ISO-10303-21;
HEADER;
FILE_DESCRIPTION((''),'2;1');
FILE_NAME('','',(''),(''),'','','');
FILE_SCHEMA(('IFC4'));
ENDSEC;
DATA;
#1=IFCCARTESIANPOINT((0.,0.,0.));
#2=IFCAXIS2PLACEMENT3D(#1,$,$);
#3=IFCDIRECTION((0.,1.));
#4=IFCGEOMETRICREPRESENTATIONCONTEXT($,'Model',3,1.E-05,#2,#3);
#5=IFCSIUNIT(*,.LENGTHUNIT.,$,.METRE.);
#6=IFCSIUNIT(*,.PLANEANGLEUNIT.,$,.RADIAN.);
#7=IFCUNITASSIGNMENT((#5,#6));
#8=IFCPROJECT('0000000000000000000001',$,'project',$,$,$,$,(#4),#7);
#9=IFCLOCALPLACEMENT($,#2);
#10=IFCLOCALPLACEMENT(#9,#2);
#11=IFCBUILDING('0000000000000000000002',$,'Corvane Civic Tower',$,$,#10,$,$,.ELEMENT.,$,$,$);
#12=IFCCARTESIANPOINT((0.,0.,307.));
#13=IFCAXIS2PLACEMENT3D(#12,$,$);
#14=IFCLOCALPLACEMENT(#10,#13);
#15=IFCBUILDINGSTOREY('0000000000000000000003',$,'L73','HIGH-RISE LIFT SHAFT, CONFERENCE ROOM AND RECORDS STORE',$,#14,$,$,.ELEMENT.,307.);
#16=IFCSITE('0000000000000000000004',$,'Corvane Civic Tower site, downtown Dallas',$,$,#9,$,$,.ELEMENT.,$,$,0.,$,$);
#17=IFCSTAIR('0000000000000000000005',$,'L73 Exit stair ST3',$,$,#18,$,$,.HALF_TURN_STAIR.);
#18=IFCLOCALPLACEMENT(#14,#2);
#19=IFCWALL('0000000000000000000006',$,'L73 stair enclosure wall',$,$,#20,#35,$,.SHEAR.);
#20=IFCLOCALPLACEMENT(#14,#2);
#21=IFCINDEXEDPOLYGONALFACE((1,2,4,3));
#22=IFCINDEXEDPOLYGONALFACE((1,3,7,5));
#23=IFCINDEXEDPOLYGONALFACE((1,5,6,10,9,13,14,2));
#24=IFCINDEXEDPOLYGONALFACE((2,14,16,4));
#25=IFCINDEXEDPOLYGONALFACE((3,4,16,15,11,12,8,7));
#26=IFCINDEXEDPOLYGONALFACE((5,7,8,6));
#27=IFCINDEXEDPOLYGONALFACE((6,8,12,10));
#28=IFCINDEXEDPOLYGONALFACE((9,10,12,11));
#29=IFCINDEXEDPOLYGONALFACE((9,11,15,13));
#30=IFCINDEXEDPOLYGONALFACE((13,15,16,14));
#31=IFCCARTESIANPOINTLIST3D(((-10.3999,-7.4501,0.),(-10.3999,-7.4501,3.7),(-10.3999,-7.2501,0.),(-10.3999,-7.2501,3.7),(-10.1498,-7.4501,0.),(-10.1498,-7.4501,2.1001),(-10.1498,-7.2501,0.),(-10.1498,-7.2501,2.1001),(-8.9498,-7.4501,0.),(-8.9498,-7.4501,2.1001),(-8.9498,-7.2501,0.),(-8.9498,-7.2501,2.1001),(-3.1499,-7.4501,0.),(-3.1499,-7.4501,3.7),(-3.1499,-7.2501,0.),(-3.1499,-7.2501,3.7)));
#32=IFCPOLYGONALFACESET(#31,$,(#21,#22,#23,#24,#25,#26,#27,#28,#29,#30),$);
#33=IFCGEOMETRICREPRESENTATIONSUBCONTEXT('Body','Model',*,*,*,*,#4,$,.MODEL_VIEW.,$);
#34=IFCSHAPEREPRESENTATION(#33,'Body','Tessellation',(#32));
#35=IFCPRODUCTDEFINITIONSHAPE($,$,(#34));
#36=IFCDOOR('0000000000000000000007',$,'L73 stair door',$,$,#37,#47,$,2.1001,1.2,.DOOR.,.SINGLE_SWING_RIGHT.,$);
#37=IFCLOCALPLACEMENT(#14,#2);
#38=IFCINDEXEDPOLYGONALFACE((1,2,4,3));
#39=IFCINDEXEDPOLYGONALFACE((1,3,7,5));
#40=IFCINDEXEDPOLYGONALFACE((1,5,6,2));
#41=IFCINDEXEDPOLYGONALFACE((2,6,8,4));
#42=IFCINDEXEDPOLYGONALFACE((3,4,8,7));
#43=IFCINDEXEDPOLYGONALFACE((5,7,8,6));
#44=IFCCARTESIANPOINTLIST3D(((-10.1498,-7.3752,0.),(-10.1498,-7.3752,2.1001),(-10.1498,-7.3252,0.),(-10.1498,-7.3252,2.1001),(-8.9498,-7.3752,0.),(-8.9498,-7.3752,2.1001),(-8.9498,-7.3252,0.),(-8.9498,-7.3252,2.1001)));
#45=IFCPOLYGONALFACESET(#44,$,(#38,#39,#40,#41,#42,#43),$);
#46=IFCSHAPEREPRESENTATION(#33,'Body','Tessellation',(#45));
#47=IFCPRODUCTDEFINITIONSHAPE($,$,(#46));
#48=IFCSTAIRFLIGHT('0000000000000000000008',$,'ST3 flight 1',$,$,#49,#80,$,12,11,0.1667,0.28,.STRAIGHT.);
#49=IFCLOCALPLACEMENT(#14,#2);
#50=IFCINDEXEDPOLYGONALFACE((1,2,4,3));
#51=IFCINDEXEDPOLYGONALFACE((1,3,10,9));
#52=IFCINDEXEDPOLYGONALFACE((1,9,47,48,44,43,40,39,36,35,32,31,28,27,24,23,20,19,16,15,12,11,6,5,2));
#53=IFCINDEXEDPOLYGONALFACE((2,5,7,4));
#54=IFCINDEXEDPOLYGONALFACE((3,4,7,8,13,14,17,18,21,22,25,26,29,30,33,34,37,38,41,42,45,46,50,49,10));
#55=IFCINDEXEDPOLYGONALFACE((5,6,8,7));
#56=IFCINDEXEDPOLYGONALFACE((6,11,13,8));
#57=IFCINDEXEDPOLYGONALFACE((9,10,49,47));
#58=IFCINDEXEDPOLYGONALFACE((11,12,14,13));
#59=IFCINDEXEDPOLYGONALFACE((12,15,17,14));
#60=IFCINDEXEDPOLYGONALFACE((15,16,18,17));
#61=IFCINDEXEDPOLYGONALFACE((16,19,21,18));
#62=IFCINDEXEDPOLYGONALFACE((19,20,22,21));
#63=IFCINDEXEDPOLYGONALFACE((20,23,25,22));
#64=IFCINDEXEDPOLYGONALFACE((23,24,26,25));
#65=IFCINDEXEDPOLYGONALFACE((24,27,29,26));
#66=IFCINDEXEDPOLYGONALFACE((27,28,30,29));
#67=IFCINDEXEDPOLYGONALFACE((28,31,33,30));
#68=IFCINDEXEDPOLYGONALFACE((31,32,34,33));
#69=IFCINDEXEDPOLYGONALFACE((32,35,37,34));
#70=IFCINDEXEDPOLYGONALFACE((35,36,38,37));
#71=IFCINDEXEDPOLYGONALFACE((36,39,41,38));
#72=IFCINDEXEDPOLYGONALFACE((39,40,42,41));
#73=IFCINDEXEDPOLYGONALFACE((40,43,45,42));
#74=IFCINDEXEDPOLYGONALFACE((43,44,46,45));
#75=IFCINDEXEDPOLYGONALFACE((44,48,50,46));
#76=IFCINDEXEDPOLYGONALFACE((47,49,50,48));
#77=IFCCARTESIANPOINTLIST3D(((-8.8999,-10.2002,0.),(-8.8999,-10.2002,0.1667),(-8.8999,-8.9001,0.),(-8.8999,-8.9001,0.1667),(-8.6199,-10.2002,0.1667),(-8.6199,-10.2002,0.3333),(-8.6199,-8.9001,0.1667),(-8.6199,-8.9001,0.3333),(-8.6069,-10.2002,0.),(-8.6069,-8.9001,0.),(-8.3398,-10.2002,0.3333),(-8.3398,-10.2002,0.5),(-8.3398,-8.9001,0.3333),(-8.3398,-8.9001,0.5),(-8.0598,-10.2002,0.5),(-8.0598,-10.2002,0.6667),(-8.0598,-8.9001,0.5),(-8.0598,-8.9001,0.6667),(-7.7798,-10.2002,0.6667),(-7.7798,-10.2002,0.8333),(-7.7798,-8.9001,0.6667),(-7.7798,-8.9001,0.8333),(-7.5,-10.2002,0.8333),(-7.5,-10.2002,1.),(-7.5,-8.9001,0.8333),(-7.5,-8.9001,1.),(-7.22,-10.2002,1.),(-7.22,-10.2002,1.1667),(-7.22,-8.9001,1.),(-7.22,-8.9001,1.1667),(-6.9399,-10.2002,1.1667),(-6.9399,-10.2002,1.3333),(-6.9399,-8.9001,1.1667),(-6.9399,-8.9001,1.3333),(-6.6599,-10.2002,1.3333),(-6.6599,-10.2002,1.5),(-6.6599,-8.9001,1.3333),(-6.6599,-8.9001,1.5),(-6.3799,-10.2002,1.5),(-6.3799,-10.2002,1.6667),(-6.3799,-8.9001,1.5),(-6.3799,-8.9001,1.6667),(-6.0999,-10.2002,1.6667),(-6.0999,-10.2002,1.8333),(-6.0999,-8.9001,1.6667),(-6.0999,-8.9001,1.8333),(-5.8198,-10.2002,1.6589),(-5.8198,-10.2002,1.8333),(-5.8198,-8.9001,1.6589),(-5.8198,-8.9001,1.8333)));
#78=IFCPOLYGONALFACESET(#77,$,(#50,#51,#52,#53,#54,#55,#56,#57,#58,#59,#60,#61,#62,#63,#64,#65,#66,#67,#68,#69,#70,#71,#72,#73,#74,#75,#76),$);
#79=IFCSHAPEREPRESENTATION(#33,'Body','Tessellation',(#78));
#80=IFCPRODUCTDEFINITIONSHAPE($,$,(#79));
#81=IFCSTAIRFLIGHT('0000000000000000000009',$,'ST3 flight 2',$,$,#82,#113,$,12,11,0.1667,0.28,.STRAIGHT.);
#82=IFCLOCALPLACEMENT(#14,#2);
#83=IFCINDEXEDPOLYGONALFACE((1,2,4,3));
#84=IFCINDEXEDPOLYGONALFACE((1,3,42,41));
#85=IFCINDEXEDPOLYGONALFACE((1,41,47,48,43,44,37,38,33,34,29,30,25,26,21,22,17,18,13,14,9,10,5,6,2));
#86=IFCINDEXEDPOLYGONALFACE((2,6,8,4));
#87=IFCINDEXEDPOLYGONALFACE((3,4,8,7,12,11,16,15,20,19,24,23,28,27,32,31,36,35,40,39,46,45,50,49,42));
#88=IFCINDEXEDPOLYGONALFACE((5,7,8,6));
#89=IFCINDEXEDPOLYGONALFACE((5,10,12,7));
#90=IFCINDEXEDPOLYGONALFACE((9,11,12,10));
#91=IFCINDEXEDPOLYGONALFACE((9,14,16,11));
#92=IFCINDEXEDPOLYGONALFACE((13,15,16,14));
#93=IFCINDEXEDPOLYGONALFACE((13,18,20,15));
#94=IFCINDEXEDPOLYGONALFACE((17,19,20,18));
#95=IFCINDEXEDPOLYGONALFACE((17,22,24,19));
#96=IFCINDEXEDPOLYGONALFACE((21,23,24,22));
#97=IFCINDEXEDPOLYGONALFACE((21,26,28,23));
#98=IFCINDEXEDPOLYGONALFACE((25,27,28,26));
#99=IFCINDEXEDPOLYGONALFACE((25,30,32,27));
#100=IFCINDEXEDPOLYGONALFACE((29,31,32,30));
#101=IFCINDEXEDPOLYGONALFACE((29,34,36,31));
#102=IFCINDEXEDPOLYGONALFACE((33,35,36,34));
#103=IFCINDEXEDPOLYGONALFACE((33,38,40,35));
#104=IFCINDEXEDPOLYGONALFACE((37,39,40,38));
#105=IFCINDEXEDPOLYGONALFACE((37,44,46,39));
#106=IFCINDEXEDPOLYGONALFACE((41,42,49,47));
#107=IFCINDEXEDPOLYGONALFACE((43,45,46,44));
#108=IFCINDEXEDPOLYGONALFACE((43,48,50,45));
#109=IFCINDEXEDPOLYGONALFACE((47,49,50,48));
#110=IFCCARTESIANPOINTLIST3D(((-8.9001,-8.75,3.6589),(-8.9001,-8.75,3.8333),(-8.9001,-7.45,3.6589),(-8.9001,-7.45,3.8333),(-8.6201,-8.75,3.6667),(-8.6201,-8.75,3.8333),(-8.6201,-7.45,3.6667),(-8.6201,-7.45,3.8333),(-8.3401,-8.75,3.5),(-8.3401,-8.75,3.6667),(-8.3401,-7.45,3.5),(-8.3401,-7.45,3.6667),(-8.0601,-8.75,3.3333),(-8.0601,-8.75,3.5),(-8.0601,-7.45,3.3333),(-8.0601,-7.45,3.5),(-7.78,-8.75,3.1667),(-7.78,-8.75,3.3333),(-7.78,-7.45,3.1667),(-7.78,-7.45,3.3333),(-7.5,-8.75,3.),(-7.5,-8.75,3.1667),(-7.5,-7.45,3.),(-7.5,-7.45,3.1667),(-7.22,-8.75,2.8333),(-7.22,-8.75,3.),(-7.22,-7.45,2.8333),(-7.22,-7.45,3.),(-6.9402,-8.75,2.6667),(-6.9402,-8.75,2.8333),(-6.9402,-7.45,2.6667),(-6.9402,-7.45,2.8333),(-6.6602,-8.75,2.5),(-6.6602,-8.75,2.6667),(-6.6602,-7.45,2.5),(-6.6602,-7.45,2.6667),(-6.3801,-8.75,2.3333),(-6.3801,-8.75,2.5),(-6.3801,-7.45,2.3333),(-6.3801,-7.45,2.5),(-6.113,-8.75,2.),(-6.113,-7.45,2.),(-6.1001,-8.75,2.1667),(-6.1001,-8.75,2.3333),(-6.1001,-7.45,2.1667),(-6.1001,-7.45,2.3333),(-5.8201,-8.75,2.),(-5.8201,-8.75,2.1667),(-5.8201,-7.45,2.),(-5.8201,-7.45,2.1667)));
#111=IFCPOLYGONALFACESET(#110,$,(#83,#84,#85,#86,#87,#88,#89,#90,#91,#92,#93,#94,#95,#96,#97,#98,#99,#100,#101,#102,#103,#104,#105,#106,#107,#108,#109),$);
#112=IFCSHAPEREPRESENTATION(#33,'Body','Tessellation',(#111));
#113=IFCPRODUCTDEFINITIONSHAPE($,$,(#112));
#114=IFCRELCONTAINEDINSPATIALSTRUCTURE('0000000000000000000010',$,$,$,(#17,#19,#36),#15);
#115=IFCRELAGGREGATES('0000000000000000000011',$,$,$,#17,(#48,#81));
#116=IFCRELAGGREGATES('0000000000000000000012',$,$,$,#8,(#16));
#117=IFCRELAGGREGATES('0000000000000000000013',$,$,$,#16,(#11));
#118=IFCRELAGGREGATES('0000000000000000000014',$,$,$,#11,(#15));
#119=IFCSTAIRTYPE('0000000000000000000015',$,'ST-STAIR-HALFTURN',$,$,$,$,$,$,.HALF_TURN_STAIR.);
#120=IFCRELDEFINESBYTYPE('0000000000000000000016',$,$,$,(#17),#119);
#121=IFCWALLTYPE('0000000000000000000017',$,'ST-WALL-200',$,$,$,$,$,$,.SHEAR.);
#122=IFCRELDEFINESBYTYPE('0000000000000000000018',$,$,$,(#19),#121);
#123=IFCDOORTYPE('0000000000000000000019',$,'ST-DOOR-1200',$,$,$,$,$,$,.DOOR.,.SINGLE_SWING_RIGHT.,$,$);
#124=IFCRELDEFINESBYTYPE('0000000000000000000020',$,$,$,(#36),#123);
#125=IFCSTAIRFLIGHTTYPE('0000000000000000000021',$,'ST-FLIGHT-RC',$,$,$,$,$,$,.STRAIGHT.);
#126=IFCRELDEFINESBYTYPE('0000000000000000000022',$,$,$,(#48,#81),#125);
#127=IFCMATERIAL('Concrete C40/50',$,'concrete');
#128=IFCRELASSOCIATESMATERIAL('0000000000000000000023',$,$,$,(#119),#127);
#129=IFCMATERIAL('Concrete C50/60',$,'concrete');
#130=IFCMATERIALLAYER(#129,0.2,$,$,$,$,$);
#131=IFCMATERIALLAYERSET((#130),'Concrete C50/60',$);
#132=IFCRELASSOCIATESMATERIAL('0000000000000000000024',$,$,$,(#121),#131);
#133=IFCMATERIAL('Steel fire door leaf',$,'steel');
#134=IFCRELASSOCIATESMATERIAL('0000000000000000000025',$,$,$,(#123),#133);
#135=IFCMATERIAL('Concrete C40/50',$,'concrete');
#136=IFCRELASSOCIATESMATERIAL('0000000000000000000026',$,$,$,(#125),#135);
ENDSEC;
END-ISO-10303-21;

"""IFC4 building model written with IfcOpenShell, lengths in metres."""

from ifc_helpers import new_model, si_unit, direction, frame, frame_2d, origin, place, context, subcontext, project, spatial, polyline, rectangle, outline, extrude, material, layer, layer_set, type_object, element, fill, aggregate, save


model = new_model("IFC4")

# Units and contexts
model_context = context("Model", 3, precision=1e-05, world=origin(), true_north=direction((0.0, 1.0)))
body_context = subcontext(model_context, "Body", "Model", "MODEL_VIEW")
ifc_project = project(units=[si_unit("LENGTHUNIT", "METRE"), si_unit("PLANEANGLEUNIT", "RADIAN")], contexts=[model_context])

# Site, building, storey
site_placement = place(None, origin())
site = spatial("IfcSite", under=ifc_project, at=site_placement, Name="Corvane Civic Tower site, downtown Dallas", CompositionType="ELEMENT", RefElevation=0.0)
building_placement = place(site_placement, origin())
building = spatial("IfcBuilding", under=site, at=building_placement, Name="Corvane Civic Tower", CompositionType="ELEMENT")
storey_placement = place(building_placement, frame((0.0, 0.0, 307.0)))
storey = spatial("IfcBuildingStorey", under=building, at=storey_placement, Name="L73", Description="HIGH-RISE LIFT SHAFT, CONFERENCE ROOM AND RECORDS STORE", CompositionType="ELEMENT", Elevation=307.0)

# Stair
ifc_material_1 = material(Name="Concrete C40/50", Category="concrete")
stair_type = type_object("IfcStairType", Name="ST-STAIR-HALFTURN", PredefinedType="HALF_TURN_STAIR", material=ifc_material_1)
stair_1_placement = place(storey_placement, origin())
stair_1 = element("IfcStair", 1, at=stair_1_placement, inside=storey, type_object=stair_type, Name="L73 Exit stair ST3", PredefinedType="HALF_TURN_STAIR")

# Wall, opening, door
ifc_material_2 = material(Name="Concrete C50/60", Category="concrete")
ifc_layer_1 = layer(ifc_material_2, 0.2)
ifc_layer_set_1 = layer_set([ifc_layer_1], Name="Concrete C50/60")
wall_type_1 = type_object("IfcWallType", Name="ST-WALL-200", PredefinedType="SHEAR", material=ifc_layer_set_1)
wall_1_placement = place(storey_placement, frame((-10.3999, -7.3501, 0.0), z_axis=(0.0, 0.0, 1.0), x_axis=(1.0, 0.0, 0.0)))
wall_1 = element("IfcWall", 2, at=wall_1_placement, inside=storey, type_object=wall_type_1, Name="L73 stair enclosure wall", PredefinedType="SHEAR", context=body_context, shape_type="SweptSolid", body=[
    extrude(rectangle(XDim=7.25, YDim=0.2, at=frame_2d((3.625, 0.0))), origin(), (0.0, 0.0, 1.0), 3.7),
])
opening_1_placement = place(wall_1_placement, frame((0.25, 0.0, 0.0)))
opening_1 = element("IfcOpeningElement", 3, at=opening_1_placement, cuts=wall_1, PredefinedType="OPENING", context=body_context, shape_type="SweptSolid", body=[
    extrude(rectangle(XDim=1.2, YDim=2.1001, at=frame_2d((0.6001, 1.05))), frame((0.0, 0.1099, 0.0), z_axis=(0.0, -1.0, 0.0), x_axis=(1.0, 0.0, 0.0)), (0.0, 0.0, 1.0), 0.22),
])
ifc_material_3 = material(Name="Steel fire door leaf", Category="steel")
door_type_1 = type_object("IfcDoorType", Name="ST-DOOR-1200", OperationType="SINGLE_SWING_RIGHT", PredefinedType="DOOR", material=ifc_material_3)
door_1_placement = place(opening_1_placement, origin())
door_1 = element("IfcDoor", 4, at=door_1_placement, inside=storey, type_object=door_type_1, Name="L73 stair door", OperationType="SINGLE_SWING_RIGHT", OverallHeight=2.1001, OverallWidth=1.2, PredefinedType="DOOR", context=body_context, shape_type="SweptSolid", body=[
    extrude(rectangle(XDim=1.2, YDim=2.1001, at=frame_2d((0.6001, 1.05))), frame((0.0, 0.0249, 0.0), z_axis=(0.0, -1.0, 0.0), x_axis=(1.0, 0.0, 0.0)), (0.0, 0.0, 1.0), 0.05),
])
fill(opening_1, door_1)

# Stair flights
ifc_material_4 = material(Name="Concrete C40/50", Category="concrete")
stair_flight_type = type_object("IfcStairFlightType", Name="ST-FLIGHT-RC", PredefinedType="STRAIGHT", material=ifc_material_4)
stair_flight_1_placement = place(storey_placement, frame((-8.8999, -9.55, 0.0), z_axis=(0.0, 0.0, 1.0), x_axis=(1.0, 0.0, 0.0)))
stair_flight_1 = element("IfcStairFlight", 5, at=stair_flight_1_placement, type_object=stair_flight_type, Name="ST3 flight 1", NumberOfRisers=12, NumberOfTreads=11, PredefinedType="STRAIGHT", RiserHeight=0.1667, TreadLength=0.28, context=body_context, shape_type="SweptSolid", body=[
    extrude(outline(polyline([(0.0, 0.0), (0.0, 0.1667), (0.28, 0.1667), (0.28, 0.3333), (0.5601, 0.3333), (0.5601, 0.5), (0.8401, 0.5), (0.8401, 0.6667), (1.1201, 0.6667), (1.1201, 0.8333), (1.3999, 0.8333), (1.3999, 1.0), (1.6799, 1.0), (1.6799, 1.1667), (1.96, 1.1667), (1.96, 1.3333), (2.24, 1.3333), (2.24, 1.5), (2.52, 1.5), (2.52, 1.6667), (2.8, 1.6667), (2.8, 1.8333), (3.0801, 1.8333), (3.0801, 2.0), (3.0801, 1.6589), (0.293, 0.0), (0.0, 0.0)])), frame((0.0, 0.6499, 0.0), z_axis=(0.0, -1.0, 0.0), x_axis=(1.0, 0.0, 0.0)), (0.0, 0.0, 1.0), 1.3),
])
stair_flight_2_placement = place(storey_placement, frame((-5.8201, -8.1001, 2.0), z_axis=(0.0, 0.0, 1.0), x_axis=(-1.0, 0.0, 0.0)))
stair_flight_2 = element("IfcStairFlight", 6, at=stair_flight_2_placement, type_object=stair_flight_type, Name="ST3 flight 2", NumberOfRisers=12, NumberOfTreads=11, PredefinedType="STRAIGHT", RiserHeight=0.1667, TreadLength=0.28, context=body_context, shape_type="SweptSolid", body=[
    extrude(outline(polyline([(0.0, 0.0), (0.0, 0.1667), (0.28, 0.1667), (0.28, 0.3333), (0.5601, 0.3333), (0.5601, 0.5), (0.8401, 0.5), (0.8401, 0.6667), (1.1201, 0.6667), (1.1201, 0.8333), (1.3999, 0.8333), (1.3999, 1.0), (1.6799, 1.0), (1.6799, 1.1667), (1.96, 1.1667), (1.96, 1.3333), (2.24, 1.3333), (2.24, 1.5), (2.52, 1.5), (2.52, 1.6667), (2.8, 1.6667), (2.8, 1.8333), (3.0801, 1.8333), (3.0801, 2.0), (3.0801, 1.6589), (0.293, 0.0), (0.0, 0.0)])), frame((0.0, 0.6499, 0.0), z_axis=(0.0, -1.0, 0.0), x_axis=(1.0, 0.0, 0.0)), (0.0, 0.0, 1.0), 1.3),
])
aggregate(stair_1, [stair_flight_1, stair_flight_2])

save(model, "model.ifc")
